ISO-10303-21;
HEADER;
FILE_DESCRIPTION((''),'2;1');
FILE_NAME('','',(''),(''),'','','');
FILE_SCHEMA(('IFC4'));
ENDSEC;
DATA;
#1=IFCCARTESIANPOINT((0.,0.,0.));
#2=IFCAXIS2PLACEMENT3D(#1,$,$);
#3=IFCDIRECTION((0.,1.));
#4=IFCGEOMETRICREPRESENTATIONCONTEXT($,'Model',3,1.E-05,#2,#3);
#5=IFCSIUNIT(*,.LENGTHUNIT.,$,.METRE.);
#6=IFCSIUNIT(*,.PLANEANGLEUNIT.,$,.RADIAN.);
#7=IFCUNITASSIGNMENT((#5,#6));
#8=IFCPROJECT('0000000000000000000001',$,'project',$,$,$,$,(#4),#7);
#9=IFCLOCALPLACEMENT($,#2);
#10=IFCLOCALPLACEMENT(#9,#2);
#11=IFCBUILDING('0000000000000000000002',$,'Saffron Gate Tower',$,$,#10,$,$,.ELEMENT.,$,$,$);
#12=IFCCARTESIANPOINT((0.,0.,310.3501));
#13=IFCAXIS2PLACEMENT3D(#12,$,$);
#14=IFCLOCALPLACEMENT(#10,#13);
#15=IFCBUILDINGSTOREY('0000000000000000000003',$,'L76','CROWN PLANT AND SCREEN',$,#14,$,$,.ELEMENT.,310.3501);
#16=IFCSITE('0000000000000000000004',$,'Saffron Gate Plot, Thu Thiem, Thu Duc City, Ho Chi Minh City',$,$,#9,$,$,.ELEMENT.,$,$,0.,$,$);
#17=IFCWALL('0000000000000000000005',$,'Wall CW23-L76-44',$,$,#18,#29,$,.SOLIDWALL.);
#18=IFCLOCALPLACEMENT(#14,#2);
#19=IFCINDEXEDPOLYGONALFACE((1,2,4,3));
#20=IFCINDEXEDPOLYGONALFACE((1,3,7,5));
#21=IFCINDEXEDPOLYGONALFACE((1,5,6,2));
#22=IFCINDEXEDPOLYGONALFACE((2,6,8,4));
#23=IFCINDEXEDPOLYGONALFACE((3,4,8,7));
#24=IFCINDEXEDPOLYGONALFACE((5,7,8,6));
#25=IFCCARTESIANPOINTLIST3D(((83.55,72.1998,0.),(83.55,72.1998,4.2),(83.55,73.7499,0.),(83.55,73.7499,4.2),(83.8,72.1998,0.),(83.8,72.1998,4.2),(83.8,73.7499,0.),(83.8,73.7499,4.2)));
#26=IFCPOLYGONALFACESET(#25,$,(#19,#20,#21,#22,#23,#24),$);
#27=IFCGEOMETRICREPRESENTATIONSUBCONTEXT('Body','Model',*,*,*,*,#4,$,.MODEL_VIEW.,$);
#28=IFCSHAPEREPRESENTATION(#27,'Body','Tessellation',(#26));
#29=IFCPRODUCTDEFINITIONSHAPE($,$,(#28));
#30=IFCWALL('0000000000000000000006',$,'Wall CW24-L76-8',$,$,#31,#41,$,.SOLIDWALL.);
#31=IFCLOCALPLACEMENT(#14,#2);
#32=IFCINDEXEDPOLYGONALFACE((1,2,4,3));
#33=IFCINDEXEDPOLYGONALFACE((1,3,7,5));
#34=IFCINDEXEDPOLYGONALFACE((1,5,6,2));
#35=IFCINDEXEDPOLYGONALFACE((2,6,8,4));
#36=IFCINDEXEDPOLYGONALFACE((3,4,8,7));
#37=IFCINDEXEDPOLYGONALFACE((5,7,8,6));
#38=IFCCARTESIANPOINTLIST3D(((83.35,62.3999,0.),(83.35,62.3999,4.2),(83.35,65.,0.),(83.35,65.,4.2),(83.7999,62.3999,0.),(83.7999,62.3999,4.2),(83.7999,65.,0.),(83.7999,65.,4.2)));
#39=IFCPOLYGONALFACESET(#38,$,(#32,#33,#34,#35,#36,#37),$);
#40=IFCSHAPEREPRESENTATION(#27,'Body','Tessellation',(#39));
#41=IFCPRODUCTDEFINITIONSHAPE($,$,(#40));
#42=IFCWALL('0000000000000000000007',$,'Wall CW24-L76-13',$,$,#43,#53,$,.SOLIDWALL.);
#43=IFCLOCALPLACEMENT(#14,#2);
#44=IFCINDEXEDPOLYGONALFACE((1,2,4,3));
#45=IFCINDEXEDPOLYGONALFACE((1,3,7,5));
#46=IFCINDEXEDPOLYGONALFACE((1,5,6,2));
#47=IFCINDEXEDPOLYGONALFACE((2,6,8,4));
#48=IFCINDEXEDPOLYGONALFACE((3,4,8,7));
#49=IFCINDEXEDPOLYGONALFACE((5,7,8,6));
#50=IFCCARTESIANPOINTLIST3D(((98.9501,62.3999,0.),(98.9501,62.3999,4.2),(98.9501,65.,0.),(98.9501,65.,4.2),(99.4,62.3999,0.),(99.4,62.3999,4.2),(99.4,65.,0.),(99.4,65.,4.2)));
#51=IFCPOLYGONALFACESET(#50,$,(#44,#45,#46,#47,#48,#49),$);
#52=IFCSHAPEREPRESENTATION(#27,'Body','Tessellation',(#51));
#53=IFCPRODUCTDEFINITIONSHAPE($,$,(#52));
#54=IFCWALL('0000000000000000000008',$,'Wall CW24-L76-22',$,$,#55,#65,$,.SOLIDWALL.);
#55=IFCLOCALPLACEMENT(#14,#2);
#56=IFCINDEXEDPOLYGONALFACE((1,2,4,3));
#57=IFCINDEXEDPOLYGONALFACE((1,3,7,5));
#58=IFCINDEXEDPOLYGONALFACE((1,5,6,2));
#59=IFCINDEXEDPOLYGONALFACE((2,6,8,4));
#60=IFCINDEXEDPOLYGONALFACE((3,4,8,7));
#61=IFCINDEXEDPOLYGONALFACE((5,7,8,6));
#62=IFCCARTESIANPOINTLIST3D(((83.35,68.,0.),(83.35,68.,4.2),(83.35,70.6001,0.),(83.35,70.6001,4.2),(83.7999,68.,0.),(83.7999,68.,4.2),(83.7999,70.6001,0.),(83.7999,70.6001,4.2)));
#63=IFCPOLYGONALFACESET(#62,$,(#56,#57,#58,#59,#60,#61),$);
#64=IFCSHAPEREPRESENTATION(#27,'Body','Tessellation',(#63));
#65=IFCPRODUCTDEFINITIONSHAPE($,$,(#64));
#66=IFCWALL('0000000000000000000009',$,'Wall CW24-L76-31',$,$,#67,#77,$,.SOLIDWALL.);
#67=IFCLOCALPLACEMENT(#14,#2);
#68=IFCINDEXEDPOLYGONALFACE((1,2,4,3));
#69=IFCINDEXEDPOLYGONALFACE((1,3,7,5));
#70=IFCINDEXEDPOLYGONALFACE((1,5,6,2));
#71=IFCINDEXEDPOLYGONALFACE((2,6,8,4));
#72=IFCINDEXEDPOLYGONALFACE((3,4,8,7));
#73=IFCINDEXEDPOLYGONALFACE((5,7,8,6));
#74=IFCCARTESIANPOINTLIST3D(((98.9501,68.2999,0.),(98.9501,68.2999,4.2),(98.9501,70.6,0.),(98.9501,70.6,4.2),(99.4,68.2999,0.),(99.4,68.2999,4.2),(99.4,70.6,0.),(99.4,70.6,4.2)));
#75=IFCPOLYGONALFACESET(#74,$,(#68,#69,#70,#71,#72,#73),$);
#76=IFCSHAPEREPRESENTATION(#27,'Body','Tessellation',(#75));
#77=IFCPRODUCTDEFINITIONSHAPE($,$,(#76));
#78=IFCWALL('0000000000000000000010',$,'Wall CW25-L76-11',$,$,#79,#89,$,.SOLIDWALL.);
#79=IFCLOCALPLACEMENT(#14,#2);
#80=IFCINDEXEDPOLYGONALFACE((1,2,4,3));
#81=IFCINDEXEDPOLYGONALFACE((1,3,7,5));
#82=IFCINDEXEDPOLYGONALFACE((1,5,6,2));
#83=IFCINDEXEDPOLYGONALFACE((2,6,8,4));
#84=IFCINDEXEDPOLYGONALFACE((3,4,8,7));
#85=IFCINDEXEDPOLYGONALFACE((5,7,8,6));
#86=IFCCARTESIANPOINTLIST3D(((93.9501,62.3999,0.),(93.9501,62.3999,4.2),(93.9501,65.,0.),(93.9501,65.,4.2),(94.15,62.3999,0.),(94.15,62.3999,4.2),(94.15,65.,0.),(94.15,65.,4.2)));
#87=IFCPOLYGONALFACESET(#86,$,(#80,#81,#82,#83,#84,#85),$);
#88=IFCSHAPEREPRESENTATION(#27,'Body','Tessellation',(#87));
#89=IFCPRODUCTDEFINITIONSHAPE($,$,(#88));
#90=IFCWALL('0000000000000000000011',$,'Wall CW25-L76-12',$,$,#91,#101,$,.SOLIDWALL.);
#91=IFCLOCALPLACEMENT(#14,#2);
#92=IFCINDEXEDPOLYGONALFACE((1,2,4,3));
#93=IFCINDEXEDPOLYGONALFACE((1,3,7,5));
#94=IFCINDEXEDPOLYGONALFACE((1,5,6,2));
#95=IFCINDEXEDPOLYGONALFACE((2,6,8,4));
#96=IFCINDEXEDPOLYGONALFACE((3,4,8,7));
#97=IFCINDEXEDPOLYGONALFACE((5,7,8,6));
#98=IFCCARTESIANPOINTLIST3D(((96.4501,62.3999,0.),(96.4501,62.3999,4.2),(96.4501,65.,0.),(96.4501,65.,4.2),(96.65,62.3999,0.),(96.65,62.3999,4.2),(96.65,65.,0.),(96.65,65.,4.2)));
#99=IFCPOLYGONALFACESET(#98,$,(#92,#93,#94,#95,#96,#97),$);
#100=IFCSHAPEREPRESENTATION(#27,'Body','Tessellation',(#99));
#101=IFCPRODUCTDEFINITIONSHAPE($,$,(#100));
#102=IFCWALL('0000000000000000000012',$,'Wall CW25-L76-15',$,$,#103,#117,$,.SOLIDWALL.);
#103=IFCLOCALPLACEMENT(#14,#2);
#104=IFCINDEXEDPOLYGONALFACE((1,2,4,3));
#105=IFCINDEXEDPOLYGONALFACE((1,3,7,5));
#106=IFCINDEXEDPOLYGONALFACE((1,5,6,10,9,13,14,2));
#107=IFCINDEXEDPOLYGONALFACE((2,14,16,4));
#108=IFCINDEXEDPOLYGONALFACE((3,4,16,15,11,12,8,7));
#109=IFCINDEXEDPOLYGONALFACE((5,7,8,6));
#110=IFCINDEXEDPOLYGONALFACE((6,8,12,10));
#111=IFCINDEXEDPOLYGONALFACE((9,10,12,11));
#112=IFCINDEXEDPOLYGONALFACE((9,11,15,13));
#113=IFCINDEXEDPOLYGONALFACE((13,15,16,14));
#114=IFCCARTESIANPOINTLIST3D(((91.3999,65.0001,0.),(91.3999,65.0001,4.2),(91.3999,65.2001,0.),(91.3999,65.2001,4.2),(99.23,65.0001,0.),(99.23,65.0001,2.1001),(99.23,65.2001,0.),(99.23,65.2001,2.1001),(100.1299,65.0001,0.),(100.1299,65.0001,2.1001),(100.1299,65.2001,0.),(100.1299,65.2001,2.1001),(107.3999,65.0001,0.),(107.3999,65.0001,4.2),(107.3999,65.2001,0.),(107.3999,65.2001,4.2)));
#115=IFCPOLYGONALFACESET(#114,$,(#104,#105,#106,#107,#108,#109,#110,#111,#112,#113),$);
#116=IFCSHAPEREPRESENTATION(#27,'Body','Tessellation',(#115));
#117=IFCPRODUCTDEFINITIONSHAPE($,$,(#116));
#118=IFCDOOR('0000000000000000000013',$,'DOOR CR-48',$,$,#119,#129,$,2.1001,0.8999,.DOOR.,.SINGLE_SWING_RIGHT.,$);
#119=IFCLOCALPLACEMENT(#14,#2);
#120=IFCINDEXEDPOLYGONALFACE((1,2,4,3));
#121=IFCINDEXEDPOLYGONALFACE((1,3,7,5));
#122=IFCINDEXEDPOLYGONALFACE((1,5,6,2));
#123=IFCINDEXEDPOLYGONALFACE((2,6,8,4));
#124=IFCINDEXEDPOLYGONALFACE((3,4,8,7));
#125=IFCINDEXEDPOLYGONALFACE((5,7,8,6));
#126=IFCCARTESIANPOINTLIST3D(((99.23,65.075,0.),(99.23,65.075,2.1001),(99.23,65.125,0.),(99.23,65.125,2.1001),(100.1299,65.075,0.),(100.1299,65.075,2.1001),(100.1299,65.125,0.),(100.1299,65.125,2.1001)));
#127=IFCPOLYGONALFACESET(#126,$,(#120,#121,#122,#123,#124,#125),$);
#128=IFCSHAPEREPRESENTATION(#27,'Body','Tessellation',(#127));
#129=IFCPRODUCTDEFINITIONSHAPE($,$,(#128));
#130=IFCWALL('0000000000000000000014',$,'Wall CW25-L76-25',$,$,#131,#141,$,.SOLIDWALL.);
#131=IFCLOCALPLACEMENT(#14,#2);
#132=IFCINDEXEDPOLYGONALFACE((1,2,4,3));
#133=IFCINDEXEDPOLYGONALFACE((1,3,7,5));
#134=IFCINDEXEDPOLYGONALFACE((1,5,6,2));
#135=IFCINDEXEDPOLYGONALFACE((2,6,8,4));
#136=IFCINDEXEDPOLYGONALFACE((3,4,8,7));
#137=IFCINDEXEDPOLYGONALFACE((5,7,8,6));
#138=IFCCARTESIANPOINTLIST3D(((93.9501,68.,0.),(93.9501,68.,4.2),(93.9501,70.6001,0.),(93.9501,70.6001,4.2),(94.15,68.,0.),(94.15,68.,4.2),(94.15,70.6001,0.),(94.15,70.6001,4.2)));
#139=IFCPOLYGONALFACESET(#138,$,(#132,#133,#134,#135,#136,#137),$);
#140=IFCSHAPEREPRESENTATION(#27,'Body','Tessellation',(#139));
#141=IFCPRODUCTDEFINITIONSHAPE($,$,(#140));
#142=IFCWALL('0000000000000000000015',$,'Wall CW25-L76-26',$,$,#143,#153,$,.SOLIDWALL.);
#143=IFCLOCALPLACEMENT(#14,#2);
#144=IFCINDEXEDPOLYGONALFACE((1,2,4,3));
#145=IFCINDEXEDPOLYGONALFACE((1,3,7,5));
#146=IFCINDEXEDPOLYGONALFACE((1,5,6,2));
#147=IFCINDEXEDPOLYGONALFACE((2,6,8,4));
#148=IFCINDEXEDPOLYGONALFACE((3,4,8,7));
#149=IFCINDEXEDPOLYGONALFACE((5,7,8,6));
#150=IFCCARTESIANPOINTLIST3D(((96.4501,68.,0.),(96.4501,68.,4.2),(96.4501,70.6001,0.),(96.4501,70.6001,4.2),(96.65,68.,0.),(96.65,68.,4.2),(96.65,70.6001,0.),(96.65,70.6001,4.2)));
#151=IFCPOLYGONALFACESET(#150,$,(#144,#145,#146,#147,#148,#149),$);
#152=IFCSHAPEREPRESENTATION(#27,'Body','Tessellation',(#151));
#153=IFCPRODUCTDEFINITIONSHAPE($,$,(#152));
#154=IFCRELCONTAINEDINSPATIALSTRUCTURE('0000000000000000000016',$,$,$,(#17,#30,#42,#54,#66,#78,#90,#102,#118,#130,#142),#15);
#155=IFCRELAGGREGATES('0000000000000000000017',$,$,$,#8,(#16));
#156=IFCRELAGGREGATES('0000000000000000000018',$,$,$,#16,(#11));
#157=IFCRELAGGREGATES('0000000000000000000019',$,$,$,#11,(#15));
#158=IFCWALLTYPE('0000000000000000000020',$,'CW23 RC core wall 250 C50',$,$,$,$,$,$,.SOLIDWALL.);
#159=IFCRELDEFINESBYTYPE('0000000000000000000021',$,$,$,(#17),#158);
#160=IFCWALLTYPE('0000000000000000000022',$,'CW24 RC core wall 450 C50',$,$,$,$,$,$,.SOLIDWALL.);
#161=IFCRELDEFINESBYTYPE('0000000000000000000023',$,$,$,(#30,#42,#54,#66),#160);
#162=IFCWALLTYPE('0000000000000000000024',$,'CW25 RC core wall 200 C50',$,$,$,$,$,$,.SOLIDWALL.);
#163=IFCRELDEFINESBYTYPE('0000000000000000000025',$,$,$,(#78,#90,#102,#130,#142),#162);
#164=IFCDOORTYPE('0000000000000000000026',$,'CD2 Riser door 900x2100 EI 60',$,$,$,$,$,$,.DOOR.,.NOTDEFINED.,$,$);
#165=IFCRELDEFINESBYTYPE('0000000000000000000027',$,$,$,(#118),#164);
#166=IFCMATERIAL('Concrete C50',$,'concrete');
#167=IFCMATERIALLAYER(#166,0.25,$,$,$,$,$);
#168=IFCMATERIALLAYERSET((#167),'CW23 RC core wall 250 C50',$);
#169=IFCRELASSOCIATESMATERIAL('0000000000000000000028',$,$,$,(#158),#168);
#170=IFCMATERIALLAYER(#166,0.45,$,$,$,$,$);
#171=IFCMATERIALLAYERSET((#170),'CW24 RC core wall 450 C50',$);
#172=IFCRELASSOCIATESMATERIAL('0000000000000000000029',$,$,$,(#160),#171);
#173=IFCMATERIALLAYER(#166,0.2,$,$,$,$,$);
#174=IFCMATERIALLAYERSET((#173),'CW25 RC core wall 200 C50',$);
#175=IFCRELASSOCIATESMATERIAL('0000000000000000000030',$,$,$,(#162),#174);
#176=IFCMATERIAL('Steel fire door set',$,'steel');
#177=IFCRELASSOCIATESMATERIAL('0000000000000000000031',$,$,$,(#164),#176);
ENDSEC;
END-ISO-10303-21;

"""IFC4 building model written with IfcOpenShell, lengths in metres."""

from ifc_helpers import new_model, si_unit, direction, frame, frame_2d, origin, place, context, subcontext, project, spatial, rectangle, extrude, material, layer, layer_set, type_object, element, fill, save


model = new_model("IFC4")

# Units and contexts
model_context = context("Model", 3, precision=1e-05, world=origin(), true_north=direction((0.0, 1.0)))
body_context = subcontext(model_context, "Body", "Model", "MODEL_VIEW")
ifc_project = project(units=[si_unit("LENGTHUNIT", "METRE"), si_unit("PLANEANGLEUNIT", "RADIAN")], contexts=[model_context])

# Site, building, storey
site_placement = place(None, origin())
site = spatial("IfcSite", under=ifc_project, at=site_placement, Name="Saffron Gate Plot, Thu Thiem, Thu Duc City, Ho Chi Minh City", CompositionType="ELEMENT", RefElevation=0.0)
building_placement = place(site_placement, origin())
building = spatial("IfcBuilding", under=site, at=building_placement, Name="Saffron Gate Tower", CompositionType="ELEMENT")
storey_placement = place(building_placement, frame((0.0, 0.0, 310.3501)))
storey = spatial("IfcBuildingStorey", under=building, at=storey_placement, Name="L76", Description="CROWN PLANT AND SCREEN", CompositionType="ELEMENT", Elevation=310.3501)

# Shared definitions
ifc_material_1 = material(Name="Concrete C50", Category="concrete")
ifc_layer_1 = layer(ifc_material_1, 0.25)
ifc_layer_set_1 = layer_set([ifc_layer_1], Name="CW23 RC core wall 250 C50")
wall_type_1 = type_object("IfcWallType", Name="CW23 RC core wall 250 C50", PredefinedType="SOLIDWALL", material=ifc_layer_set_1)

# Shared definitions
ifc_material_2 = material(Name="Steel fire door set", Category="steel")

# Walls
wall_1_placement = place(storey_placement, frame((83.675, 72.2, 0.0), z_axis=(0.0, 0.0, 1.0), x_axis=(0.0, 1.0, 0.0)))
element("IfcWall", 1, at=wall_1_placement, inside=storey, type_object=wall_type_1, Name="Wall CW23-L76-44", PredefinedType="SOLIDWALL", context=body_context, shape_type="SweptSolid", body=[
    extrude(rectangle(XDim=1.55, YDim=0.25, at=frame_2d((0.7749, 0.0))), origin(), (0.0, 0.0, 1.0), 4.2),
])
ifc_layer_2 = layer(ifc_material_1, 0.45)
ifc_layer_set_2 = layer_set([ifc_layer_2], Name="CW24 RC core wall 450 C50")
wall_type_2 = type_object("IfcWallType", Name="CW24 RC core wall 450 C50", PredefinedType="SOLIDWALL", material=ifc_layer_set_2)
for number, where, z_axis, x_axis, name in (
    (2, (83.575, 62.3999, 0.0), (0.0, 0.0, 1.0), (0.0, 1.0, 0.0), "Wall CW24-L76-8"),
    (3, (99.175, 62.3999, 0.0), (0.0, 0.0, 1.0), (0.0, 1.0, 0.0), "Wall CW24-L76-13"),
    (4, (83.575, 68.0, 0.0), (0.0, 0.0, 1.0), (0.0, 1.0, 0.0), "Wall CW24-L76-22"),
):
    element("IfcWall", number, at=place(storey_placement, frame(where, z_axis=z_axis, x_axis=x_axis)), inside=storey, type_object=wall_type_2, Name=name, PredefinedType="SOLIDWALL", context=body_context, shape_type="SweptSolid", body=[
        extrude(rectangle(XDim=2.6001, YDim=0.45, at=frame_2d((1.3, 0.0))), origin(), (0.0, 0.0, 1.0), 4.2),
    ])
wall_2_placement = place(storey_placement, frame((99.175, 68.3, 0.0), z_axis=(0.0, 0.0, 1.0), x_axis=(0.0, 1.0, 0.0)))
element("IfcWall", 5, at=wall_2_placement, inside=storey, type_object=wall_type_2, Name="Wall CW24-L76-31", PredefinedType="SOLIDWALL", context=body_context, shape_type="SweptSolid", body=[
    extrude(rectangle(XDim=2.3, YDim=0.45, at=frame_2d((1.1499, 0.0))), origin(), (0.0, 0.0, 1.0), 4.2),
])
ifc_layer_3 = layer(ifc_material_1, 0.2)
ifc_layer_set_3 = layer_set([ifc_layer_3], Name="CW25 RC core wall 200 C50")
wall_type_3 = type_object("IfcWallType", Name="CW25 RC core wall 200 C50", PredefinedType="SOLIDWALL", material=ifc_layer_set_3)
for number, where, z_axis, x_axis, name in (
    (6, (94.05, 62.3999, 0.0), (0.0, 0.0, 1.0), (0.0, 1.0, 0.0), "Wall CW25-L76-11"),
    (7, (96.55, 62.3999, 0.0), (0.0, 0.0, 1.0), (0.0, 1.0, 0.0), "Wall CW25-L76-12"),
):
    element("IfcWall", number, at=place(storey_placement, frame(where, z_axis=z_axis, x_axis=x_axis)), inside=storey, type_object=wall_type_3, Name=name, PredefinedType="SOLIDWALL", context=body_context, shape_type="SweptSolid", body=[
        extrude(rectangle(XDim=2.6001, YDim=0.2, at=frame_2d((1.3, 0.0))), origin(), (0.0, 0.0, 1.0), 4.2),
    ])

# Wall, opening, door
wall_3_placement = place(storey_placement, frame((91.3999, 65.1001, 0.0), z_axis=(0.0, 0.0, 1.0), x_axis=(1.0, 0.0, 0.0)))
wall_3 = element("IfcWall", 8, at=wall_3_placement, inside=storey, type_object=wall_type_3, Name="Wall CW25-L76-15", PredefinedType="SOLIDWALL", context=body_context, shape_type="SweptSolid", body=[
    extrude(rectangle(XDim=16.0, YDim=0.2, at=frame_2d((8.0, 0.0))), origin(), (0.0, 0.0, 1.0), 4.2),
])
opening_1_placement = place(wall_3_placement, frame((7.8301, 0.0, 0.0)))
opening_1 = element("IfcOpeningElement", 9, at=opening_1_placement, cuts=wall_3, PredefinedType="OPENING", context=body_context, shape_type="SweptSolid", body=[
    extrude(rectangle(XDim=0.8999, YDim=2.1001, at=frame_2d((0.45, 1.05))), frame((0.0, 0.1099, 0.0), z_axis=(0.0, -1.0, 0.0), x_axis=(1.0, 0.0, 0.0)), (0.0, 0.0, 1.0), 0.22),
])
door_type_1 = type_object("IfcDoorType", Name="CD2 Riser door 900x2100 EI 60", OperationType="NOTDEFINED", PredefinedType="DOOR", material=ifc_material_2)
door_1_placement = place(opening_1_placement, origin())
door_1 = element("IfcDoor", 10, at=door_1_placement, inside=storey, type_object=door_type_1, Name="DOOR CR-48", OperationType="SINGLE_SWING_RIGHT", OverallHeight=2.1001, OverallWidth=0.8999, PredefinedType="DOOR", context=body_context, shape_type="SweptSolid", body=[
    extrude(rectangle(XDim=0.8999, YDim=2.1001, at=frame_2d((0.45, 1.05))), frame((0.0, 0.0249, 0.0), z_axis=(0.0, -1.0, 0.0), x_axis=(1.0, 0.0, 0.0)), (0.0, 0.0, 1.0), 0.05),
])
fill(opening_1, door_1)

# Walls
for number, where, z_axis, x_axis, name in (
    (11, (94.05, 68.0, 0.0), (0.0, 0.0, 1.0), (0.0, 1.0, 0.0), "Wall CW25-L76-25"),
    (12, (96.55, 68.0, 0.0), (0.0, 0.0, 1.0), (0.0, 1.0, 0.0), "Wall CW25-L76-26"),
):
    element("IfcWall", number, at=place(storey_placement, frame(where, z_axis=z_axis, x_axis=x_axis)), inside=storey, type_object=wall_type_3, Name=name, PredefinedType="SOLIDWALL", context=body_context, shape_type="SweptSolid", body=[
        extrude(rectangle(XDim=2.6001, YDim=0.2, at=frame_2d((1.3, 0.0))), origin(), (0.0, 0.0, 1.0), 4.2),
    ])

save(model, "model.ifc")
